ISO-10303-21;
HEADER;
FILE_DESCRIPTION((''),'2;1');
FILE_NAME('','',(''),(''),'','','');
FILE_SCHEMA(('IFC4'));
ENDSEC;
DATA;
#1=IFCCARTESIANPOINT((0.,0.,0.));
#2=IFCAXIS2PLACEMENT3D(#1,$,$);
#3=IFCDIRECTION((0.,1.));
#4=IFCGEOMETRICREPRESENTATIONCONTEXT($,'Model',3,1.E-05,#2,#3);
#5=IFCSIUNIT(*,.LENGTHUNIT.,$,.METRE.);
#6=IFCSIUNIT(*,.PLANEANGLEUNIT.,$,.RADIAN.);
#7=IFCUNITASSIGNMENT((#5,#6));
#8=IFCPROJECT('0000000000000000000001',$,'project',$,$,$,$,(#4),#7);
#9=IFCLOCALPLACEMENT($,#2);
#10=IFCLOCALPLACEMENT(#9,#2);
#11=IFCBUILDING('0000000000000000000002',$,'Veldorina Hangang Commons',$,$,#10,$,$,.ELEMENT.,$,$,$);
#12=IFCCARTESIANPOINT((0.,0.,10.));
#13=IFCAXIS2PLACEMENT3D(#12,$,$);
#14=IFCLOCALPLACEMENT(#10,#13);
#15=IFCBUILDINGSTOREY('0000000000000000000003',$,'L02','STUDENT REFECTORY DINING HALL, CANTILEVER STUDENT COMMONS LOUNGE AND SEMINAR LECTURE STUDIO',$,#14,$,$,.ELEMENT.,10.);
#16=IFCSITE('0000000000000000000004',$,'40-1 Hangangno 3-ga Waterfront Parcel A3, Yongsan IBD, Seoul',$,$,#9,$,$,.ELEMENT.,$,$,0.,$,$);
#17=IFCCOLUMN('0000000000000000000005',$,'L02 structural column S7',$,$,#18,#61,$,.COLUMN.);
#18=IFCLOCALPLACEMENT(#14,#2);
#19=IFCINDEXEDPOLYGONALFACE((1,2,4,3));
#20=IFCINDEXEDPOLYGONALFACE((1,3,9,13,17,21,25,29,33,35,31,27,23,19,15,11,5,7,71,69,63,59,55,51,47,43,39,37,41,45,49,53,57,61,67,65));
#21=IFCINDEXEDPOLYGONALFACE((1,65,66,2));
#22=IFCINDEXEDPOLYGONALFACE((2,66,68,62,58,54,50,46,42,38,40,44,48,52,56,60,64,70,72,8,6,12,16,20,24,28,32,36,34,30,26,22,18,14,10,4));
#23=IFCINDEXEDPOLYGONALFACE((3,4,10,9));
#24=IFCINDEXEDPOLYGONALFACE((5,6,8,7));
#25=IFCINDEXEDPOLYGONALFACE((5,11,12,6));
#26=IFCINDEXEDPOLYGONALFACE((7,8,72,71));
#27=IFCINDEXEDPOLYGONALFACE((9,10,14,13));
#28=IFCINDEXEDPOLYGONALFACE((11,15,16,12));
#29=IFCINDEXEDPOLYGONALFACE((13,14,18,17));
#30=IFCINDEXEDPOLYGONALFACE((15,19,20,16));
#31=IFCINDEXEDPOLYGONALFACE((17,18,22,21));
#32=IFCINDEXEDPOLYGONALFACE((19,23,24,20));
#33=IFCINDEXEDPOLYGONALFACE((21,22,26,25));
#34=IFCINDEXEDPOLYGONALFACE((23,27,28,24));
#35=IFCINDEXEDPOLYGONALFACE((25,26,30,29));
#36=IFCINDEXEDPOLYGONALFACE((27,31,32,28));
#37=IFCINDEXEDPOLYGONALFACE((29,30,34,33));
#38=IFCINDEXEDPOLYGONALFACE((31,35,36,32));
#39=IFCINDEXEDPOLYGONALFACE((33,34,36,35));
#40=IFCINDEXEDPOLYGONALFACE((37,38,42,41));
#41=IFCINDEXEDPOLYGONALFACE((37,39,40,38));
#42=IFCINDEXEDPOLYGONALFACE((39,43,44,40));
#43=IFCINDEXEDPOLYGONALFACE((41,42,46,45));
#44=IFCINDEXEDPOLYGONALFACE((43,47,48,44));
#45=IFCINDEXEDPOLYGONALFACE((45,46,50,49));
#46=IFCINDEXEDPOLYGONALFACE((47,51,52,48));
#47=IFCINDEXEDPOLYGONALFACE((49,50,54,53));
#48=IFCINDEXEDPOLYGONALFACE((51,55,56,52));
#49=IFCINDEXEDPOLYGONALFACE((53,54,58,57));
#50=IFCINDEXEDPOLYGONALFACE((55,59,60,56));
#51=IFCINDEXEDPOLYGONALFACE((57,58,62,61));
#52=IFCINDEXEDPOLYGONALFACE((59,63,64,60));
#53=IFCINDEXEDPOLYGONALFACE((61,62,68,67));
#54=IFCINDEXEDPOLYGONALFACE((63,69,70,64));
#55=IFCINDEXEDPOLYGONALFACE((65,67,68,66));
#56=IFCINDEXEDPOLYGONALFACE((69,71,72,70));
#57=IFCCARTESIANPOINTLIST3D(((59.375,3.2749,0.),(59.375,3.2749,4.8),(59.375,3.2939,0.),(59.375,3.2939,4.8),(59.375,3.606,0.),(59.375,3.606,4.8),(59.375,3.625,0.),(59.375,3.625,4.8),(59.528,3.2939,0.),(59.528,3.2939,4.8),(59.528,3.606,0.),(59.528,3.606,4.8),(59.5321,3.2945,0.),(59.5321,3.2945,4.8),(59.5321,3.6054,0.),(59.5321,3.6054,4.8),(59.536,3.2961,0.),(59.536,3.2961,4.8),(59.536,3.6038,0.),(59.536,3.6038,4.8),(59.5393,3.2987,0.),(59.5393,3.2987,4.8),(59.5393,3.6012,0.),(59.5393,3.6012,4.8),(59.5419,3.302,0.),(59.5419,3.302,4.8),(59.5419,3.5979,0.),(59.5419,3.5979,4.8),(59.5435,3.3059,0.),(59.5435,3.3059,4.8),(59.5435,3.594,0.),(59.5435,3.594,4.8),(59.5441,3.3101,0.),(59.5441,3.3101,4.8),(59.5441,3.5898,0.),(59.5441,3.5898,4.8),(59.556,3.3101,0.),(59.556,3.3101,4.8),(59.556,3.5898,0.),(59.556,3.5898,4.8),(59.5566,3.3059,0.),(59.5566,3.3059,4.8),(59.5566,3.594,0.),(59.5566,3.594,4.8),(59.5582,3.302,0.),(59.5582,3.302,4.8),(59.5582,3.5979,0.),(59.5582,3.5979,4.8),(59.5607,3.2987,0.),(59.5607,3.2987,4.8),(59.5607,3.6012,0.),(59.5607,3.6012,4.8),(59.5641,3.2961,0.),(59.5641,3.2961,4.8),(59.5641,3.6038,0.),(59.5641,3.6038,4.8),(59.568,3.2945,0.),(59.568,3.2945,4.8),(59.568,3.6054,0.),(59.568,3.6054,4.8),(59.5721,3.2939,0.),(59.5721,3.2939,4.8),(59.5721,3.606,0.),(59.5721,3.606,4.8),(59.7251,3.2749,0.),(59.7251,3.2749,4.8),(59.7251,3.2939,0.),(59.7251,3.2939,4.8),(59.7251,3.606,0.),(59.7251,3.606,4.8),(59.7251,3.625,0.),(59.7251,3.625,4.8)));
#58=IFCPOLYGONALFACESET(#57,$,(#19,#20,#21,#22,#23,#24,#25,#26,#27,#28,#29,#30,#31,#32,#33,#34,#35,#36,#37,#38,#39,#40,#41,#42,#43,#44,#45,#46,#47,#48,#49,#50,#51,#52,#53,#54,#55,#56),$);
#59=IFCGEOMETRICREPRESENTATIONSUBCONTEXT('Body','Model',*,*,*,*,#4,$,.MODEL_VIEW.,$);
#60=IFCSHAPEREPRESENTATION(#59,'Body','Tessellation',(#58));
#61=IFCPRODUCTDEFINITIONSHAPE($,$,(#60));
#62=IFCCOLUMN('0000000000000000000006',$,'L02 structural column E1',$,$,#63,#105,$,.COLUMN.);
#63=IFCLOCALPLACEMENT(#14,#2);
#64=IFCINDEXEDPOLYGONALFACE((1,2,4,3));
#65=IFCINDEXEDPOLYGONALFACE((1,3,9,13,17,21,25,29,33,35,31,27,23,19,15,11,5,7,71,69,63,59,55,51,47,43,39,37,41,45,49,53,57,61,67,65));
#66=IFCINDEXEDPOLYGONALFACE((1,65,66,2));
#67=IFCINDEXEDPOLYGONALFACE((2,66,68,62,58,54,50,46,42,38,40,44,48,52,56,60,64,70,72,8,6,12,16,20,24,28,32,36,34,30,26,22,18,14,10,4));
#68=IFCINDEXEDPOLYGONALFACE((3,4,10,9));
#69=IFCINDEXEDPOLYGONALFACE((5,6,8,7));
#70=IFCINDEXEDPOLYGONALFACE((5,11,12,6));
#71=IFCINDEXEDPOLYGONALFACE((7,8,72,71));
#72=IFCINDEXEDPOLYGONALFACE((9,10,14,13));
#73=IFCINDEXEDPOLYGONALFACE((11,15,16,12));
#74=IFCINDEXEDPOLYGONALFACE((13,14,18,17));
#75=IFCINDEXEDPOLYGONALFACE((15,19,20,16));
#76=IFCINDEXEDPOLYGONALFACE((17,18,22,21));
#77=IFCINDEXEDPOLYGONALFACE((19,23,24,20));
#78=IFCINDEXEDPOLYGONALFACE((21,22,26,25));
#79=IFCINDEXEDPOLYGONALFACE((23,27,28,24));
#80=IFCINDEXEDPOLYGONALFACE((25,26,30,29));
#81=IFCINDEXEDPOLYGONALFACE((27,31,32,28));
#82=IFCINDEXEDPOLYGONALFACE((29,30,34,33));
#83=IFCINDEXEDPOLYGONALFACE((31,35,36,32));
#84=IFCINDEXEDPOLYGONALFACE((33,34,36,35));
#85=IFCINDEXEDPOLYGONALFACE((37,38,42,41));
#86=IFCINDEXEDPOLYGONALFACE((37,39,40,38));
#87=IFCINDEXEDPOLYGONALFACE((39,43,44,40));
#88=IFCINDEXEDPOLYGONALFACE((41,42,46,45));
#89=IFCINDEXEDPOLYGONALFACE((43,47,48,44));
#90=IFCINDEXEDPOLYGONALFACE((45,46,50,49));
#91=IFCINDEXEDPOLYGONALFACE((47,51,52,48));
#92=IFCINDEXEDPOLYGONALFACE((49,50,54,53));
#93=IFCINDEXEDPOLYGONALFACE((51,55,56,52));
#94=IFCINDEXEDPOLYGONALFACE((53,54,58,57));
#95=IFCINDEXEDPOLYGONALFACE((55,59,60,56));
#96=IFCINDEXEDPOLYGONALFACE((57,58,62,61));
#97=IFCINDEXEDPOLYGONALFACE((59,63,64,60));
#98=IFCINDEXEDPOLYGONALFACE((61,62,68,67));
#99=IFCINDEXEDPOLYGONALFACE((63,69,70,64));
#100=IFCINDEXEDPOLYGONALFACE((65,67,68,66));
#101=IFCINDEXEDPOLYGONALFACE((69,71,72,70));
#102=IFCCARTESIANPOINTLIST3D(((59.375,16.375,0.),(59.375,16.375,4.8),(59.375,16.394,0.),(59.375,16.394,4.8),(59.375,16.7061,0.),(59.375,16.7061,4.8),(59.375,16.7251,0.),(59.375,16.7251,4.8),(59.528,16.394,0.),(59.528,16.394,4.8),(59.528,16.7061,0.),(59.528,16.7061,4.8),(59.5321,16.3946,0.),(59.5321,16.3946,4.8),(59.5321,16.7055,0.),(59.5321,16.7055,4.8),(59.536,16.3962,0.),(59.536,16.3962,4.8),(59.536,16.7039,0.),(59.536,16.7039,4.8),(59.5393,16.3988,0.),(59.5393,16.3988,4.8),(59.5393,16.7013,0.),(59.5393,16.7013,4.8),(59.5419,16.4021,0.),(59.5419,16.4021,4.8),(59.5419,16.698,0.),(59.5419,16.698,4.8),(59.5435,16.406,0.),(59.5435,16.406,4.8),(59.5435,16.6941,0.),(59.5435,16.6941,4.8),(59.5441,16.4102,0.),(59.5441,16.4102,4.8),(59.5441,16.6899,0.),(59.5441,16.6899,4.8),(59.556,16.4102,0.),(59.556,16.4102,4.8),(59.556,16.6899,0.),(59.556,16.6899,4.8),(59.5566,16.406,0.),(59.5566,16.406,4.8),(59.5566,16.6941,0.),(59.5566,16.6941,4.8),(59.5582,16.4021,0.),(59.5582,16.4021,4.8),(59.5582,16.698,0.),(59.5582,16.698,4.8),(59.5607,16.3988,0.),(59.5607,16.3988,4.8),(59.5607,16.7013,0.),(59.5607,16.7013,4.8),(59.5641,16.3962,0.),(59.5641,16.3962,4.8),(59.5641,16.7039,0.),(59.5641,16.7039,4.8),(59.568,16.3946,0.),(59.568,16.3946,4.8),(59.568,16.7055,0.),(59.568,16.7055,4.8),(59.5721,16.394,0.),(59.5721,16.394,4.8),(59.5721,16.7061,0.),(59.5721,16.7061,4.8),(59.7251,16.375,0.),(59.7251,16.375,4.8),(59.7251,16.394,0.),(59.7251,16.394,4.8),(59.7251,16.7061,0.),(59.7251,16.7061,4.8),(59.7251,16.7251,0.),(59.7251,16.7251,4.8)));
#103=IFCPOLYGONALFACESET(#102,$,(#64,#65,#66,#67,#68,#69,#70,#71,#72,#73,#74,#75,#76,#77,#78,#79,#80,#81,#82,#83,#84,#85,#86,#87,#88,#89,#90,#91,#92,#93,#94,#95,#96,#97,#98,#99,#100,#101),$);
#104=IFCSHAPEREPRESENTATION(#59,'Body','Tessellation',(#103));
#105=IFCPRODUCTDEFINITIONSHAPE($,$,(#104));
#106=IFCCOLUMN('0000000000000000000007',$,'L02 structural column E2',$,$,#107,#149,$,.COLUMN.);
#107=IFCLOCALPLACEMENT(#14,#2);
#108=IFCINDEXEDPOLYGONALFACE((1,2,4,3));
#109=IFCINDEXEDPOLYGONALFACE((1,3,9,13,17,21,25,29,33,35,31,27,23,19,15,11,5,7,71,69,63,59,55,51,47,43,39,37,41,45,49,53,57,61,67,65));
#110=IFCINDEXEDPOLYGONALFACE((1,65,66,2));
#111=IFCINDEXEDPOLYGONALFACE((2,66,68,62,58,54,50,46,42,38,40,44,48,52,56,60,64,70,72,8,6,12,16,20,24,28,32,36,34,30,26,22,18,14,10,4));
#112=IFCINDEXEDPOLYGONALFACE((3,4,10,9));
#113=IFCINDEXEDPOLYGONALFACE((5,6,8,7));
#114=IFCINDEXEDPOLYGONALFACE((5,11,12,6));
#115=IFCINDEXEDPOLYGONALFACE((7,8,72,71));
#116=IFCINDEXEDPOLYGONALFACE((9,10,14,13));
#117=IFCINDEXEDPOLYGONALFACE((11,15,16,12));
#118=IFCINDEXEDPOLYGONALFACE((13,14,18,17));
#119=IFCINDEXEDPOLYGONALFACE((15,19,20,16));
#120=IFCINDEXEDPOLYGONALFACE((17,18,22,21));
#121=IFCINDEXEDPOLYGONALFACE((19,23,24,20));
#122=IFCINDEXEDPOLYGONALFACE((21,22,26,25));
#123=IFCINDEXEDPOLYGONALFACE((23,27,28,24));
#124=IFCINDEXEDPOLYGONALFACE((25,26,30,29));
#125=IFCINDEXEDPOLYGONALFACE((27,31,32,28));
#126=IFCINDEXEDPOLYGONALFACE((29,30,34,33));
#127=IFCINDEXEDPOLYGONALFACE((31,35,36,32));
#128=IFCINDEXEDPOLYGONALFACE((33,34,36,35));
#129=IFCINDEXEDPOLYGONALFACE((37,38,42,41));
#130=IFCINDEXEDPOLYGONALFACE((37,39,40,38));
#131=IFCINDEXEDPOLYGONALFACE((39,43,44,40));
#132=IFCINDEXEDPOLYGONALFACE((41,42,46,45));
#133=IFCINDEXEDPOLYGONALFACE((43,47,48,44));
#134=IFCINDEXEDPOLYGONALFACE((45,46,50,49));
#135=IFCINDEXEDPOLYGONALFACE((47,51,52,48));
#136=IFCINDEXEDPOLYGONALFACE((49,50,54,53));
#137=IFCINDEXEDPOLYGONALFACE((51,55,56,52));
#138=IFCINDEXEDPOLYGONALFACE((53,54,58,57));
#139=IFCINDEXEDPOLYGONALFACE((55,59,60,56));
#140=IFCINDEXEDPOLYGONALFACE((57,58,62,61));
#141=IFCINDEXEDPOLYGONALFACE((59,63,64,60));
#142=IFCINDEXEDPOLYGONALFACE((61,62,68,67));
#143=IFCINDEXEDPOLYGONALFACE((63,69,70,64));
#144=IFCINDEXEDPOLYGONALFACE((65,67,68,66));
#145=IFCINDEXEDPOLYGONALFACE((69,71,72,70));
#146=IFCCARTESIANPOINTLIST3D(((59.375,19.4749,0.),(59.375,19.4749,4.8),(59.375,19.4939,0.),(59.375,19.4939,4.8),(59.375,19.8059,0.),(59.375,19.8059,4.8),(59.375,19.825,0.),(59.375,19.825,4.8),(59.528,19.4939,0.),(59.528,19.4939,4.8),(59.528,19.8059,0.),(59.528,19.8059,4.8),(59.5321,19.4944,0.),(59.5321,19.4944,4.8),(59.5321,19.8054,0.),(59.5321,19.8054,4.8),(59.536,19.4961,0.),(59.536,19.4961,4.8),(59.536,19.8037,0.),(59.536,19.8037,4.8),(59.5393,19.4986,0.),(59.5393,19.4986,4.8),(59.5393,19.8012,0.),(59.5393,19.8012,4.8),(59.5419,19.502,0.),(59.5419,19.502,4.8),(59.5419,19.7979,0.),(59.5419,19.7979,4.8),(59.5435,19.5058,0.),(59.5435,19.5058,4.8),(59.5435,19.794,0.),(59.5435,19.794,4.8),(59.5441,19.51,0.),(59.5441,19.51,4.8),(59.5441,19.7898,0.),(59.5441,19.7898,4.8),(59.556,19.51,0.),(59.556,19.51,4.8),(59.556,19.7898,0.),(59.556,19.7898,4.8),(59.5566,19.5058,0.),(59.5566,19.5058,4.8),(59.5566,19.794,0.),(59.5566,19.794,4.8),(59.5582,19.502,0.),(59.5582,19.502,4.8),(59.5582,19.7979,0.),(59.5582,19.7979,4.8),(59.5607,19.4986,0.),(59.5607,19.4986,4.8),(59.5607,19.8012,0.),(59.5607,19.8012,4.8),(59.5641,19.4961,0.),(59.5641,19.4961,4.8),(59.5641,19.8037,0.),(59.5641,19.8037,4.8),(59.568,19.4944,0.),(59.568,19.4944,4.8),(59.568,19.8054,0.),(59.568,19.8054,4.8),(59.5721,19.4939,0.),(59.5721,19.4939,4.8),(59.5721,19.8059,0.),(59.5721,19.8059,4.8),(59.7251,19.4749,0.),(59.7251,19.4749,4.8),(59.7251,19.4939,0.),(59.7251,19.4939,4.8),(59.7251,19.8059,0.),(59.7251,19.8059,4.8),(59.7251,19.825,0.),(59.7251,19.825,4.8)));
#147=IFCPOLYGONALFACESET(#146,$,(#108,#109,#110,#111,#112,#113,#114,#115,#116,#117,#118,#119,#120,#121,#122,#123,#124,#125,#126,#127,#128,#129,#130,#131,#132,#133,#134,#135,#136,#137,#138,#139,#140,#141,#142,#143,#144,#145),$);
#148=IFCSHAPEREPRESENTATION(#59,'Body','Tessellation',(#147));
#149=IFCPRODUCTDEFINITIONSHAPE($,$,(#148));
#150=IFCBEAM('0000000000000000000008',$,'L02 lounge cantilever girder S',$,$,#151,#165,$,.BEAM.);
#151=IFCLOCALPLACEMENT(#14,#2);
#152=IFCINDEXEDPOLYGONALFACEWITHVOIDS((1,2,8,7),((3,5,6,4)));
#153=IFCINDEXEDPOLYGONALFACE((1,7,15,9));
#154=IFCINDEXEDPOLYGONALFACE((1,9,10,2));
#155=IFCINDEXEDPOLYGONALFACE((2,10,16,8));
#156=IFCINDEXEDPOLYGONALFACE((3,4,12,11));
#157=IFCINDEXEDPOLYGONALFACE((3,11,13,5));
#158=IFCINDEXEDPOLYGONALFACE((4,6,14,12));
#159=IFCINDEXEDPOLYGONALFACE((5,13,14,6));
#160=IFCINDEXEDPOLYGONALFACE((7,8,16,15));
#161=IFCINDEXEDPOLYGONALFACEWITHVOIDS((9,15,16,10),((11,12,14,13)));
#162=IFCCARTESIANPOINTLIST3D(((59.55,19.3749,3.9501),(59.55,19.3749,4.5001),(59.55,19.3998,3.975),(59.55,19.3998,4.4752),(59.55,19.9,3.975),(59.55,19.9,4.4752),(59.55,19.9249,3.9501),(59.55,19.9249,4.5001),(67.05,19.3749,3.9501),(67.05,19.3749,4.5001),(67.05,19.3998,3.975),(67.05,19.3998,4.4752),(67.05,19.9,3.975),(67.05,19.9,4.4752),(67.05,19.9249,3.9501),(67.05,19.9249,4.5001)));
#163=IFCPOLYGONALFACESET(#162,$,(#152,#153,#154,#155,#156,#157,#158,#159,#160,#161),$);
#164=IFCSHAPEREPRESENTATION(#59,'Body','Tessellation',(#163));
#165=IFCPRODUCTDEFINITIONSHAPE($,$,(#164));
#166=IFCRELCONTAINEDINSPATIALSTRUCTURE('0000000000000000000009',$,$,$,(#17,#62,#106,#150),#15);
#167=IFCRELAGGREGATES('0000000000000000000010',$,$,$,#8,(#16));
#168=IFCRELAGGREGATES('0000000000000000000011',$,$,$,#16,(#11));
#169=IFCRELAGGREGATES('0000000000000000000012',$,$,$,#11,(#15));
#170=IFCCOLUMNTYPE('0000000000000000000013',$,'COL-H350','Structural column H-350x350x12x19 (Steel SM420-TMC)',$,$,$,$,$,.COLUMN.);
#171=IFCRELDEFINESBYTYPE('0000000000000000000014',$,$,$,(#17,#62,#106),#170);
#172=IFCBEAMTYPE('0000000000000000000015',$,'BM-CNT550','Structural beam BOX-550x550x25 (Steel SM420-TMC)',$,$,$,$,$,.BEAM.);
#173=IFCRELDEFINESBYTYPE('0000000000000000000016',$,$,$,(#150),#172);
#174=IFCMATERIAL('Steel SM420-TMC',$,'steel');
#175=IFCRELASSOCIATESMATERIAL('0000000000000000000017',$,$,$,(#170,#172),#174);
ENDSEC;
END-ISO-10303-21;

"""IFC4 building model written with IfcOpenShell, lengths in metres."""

from ifc_helpers import new_model, si_unit, direction, frame, origin, origin_2d, place, context, subcontext, project, spatial, hollow_rectangle, i_section, extrude, material, material_profile, profile_set, type_object, element, save


model = new_model("IFC4")

# Units and contexts
model_context = context("Model", 3, precision=1e-05, world=origin(), true_north=direction((0.0, 1.0)))
body_context = subcontext(model_context, "Body", "Model", "MODEL_VIEW")
ifc_project = project(units=[si_unit("LENGTHUNIT", "METRE"), si_unit("PLANEANGLEUNIT", "RADIAN")], contexts=[model_context])

# Site, building, storey
site_placement = place(None, origin())
site = spatial("IfcSite", under=ifc_project, at=site_placement, Name="40-1 Hangangno 3-ga Waterfront Parcel A3, Yongsan IBD, Seoul", CompositionType="ELEMENT", RefElevation=0.0)
building_placement = place(site_placement, origin())
building = spatial("IfcBuilding", under=site, at=building_placement, Name="Veldorina Hangang Commons", CompositionType="ELEMENT")
storey_placement = place(building_placement, frame((0.0, 0.0, 10.0)))
storey = spatial("IfcBuildingStorey", under=building, at=storey_placement, Name="L02", Description="STUDENT REFECTORY DINING HALL, CANTILEVER STUDENT COMMONS LOUNGE AND SEMINAR LECTURE STUDIO", CompositionType="ELEMENT", Elevation=10.0)

# Columns
ifc_material_1 = material(Name="Steel SM420-TMC", Category="steel")
ifc_material_profile_1 = material_profile(ifc_material_1, i_section(OverallWidth=0.3501, OverallDepth=0.3501, WebThickness=0.012, FlangeThickness=0.019, FilletRadius=0.0161, at=origin_2d()), Name="H-350x350x12x19")
ifc_profile_set_1 = profile_set([ifc_material_profile_1], Name="Steel SM420-TMC")
column_type = type_object("IfcColumnType", Name="COL-H350", Description="Structural column H-350x350x12x19 (Steel SM420-TMC)", PredefinedType="COLUMN", material=ifc_profile_set_1)
for number, where, z_axis, x_axis, name in (
    (1, (59.55, 3.45, 0.0), (0.0, 0.0, 1.0), (1.0, 0.0, 0.0), "L02 structural column S7"),
    (2, (59.55, 16.55, 0.0), (0.0, 0.0, 1.0), (1.0, 0.0, 0.0), "L02 structural column E1"),
    (3, (59.55, 19.6499, 0.0), (0.0, 0.0, 1.0), (1.0, 0.0, 0.0), "L02 structural column E2"),
):
    element("IfcColumn", number, at=place(storey_placement, frame(where, z_axis=z_axis, x_axis=x_axis)), inside=storey, type_object=column_type, Name=name, PredefinedType="COLUMN", context=body_context, shape_type="SweptSolid", body=[
        extrude(i_section(OverallWidth=0.3501, OverallDepth=0.3501, WebThickness=0.012, FlangeThickness=0.019, FilletRadius=0.0161, at=origin_2d()), origin(), (0.0, 0.0, 1.0), 4.8),
    ])

# Beam
ifc_material_profile_2 = material_profile(ifc_material_1, hollow_rectangle(XDim=0.55, YDim=0.55, WallThickness=0.0249, at=origin_2d()), Name="BOX-550x550x25")
ifc_profile_set_2 = profile_set([ifc_material_profile_2], Name="Steel SM420-TMC")
beam_type_1 = type_object("IfcBeamType", Name="BM-CNT550", Description="Structural beam BOX-550x550x25 (Steel SM420-TMC)", PredefinedType="BEAM", material=ifc_profile_set_2)
beam_1_placement = place(storey_placement, frame((59.55, 19.6499, 4.2251), z_axis=(1.0, 0.0, 0.0), x_axis=(0.0, 1.0, 0.0)))
element("IfcBeam", 4, at=beam_1_placement, inside=storey, type_object=beam_type_1, Name="L02 lounge cantilever girder S", PredefinedType="BEAM", context=body_context, shape_type="SweptSolid", body=[
    extrude(hollow_rectangle(XDim=0.55, YDim=0.55, WallThickness=0.0249, at=origin_2d()), origin(), (0.0, 0.0, 1.0), 7.5),
])

save(model, "model.ifc")
